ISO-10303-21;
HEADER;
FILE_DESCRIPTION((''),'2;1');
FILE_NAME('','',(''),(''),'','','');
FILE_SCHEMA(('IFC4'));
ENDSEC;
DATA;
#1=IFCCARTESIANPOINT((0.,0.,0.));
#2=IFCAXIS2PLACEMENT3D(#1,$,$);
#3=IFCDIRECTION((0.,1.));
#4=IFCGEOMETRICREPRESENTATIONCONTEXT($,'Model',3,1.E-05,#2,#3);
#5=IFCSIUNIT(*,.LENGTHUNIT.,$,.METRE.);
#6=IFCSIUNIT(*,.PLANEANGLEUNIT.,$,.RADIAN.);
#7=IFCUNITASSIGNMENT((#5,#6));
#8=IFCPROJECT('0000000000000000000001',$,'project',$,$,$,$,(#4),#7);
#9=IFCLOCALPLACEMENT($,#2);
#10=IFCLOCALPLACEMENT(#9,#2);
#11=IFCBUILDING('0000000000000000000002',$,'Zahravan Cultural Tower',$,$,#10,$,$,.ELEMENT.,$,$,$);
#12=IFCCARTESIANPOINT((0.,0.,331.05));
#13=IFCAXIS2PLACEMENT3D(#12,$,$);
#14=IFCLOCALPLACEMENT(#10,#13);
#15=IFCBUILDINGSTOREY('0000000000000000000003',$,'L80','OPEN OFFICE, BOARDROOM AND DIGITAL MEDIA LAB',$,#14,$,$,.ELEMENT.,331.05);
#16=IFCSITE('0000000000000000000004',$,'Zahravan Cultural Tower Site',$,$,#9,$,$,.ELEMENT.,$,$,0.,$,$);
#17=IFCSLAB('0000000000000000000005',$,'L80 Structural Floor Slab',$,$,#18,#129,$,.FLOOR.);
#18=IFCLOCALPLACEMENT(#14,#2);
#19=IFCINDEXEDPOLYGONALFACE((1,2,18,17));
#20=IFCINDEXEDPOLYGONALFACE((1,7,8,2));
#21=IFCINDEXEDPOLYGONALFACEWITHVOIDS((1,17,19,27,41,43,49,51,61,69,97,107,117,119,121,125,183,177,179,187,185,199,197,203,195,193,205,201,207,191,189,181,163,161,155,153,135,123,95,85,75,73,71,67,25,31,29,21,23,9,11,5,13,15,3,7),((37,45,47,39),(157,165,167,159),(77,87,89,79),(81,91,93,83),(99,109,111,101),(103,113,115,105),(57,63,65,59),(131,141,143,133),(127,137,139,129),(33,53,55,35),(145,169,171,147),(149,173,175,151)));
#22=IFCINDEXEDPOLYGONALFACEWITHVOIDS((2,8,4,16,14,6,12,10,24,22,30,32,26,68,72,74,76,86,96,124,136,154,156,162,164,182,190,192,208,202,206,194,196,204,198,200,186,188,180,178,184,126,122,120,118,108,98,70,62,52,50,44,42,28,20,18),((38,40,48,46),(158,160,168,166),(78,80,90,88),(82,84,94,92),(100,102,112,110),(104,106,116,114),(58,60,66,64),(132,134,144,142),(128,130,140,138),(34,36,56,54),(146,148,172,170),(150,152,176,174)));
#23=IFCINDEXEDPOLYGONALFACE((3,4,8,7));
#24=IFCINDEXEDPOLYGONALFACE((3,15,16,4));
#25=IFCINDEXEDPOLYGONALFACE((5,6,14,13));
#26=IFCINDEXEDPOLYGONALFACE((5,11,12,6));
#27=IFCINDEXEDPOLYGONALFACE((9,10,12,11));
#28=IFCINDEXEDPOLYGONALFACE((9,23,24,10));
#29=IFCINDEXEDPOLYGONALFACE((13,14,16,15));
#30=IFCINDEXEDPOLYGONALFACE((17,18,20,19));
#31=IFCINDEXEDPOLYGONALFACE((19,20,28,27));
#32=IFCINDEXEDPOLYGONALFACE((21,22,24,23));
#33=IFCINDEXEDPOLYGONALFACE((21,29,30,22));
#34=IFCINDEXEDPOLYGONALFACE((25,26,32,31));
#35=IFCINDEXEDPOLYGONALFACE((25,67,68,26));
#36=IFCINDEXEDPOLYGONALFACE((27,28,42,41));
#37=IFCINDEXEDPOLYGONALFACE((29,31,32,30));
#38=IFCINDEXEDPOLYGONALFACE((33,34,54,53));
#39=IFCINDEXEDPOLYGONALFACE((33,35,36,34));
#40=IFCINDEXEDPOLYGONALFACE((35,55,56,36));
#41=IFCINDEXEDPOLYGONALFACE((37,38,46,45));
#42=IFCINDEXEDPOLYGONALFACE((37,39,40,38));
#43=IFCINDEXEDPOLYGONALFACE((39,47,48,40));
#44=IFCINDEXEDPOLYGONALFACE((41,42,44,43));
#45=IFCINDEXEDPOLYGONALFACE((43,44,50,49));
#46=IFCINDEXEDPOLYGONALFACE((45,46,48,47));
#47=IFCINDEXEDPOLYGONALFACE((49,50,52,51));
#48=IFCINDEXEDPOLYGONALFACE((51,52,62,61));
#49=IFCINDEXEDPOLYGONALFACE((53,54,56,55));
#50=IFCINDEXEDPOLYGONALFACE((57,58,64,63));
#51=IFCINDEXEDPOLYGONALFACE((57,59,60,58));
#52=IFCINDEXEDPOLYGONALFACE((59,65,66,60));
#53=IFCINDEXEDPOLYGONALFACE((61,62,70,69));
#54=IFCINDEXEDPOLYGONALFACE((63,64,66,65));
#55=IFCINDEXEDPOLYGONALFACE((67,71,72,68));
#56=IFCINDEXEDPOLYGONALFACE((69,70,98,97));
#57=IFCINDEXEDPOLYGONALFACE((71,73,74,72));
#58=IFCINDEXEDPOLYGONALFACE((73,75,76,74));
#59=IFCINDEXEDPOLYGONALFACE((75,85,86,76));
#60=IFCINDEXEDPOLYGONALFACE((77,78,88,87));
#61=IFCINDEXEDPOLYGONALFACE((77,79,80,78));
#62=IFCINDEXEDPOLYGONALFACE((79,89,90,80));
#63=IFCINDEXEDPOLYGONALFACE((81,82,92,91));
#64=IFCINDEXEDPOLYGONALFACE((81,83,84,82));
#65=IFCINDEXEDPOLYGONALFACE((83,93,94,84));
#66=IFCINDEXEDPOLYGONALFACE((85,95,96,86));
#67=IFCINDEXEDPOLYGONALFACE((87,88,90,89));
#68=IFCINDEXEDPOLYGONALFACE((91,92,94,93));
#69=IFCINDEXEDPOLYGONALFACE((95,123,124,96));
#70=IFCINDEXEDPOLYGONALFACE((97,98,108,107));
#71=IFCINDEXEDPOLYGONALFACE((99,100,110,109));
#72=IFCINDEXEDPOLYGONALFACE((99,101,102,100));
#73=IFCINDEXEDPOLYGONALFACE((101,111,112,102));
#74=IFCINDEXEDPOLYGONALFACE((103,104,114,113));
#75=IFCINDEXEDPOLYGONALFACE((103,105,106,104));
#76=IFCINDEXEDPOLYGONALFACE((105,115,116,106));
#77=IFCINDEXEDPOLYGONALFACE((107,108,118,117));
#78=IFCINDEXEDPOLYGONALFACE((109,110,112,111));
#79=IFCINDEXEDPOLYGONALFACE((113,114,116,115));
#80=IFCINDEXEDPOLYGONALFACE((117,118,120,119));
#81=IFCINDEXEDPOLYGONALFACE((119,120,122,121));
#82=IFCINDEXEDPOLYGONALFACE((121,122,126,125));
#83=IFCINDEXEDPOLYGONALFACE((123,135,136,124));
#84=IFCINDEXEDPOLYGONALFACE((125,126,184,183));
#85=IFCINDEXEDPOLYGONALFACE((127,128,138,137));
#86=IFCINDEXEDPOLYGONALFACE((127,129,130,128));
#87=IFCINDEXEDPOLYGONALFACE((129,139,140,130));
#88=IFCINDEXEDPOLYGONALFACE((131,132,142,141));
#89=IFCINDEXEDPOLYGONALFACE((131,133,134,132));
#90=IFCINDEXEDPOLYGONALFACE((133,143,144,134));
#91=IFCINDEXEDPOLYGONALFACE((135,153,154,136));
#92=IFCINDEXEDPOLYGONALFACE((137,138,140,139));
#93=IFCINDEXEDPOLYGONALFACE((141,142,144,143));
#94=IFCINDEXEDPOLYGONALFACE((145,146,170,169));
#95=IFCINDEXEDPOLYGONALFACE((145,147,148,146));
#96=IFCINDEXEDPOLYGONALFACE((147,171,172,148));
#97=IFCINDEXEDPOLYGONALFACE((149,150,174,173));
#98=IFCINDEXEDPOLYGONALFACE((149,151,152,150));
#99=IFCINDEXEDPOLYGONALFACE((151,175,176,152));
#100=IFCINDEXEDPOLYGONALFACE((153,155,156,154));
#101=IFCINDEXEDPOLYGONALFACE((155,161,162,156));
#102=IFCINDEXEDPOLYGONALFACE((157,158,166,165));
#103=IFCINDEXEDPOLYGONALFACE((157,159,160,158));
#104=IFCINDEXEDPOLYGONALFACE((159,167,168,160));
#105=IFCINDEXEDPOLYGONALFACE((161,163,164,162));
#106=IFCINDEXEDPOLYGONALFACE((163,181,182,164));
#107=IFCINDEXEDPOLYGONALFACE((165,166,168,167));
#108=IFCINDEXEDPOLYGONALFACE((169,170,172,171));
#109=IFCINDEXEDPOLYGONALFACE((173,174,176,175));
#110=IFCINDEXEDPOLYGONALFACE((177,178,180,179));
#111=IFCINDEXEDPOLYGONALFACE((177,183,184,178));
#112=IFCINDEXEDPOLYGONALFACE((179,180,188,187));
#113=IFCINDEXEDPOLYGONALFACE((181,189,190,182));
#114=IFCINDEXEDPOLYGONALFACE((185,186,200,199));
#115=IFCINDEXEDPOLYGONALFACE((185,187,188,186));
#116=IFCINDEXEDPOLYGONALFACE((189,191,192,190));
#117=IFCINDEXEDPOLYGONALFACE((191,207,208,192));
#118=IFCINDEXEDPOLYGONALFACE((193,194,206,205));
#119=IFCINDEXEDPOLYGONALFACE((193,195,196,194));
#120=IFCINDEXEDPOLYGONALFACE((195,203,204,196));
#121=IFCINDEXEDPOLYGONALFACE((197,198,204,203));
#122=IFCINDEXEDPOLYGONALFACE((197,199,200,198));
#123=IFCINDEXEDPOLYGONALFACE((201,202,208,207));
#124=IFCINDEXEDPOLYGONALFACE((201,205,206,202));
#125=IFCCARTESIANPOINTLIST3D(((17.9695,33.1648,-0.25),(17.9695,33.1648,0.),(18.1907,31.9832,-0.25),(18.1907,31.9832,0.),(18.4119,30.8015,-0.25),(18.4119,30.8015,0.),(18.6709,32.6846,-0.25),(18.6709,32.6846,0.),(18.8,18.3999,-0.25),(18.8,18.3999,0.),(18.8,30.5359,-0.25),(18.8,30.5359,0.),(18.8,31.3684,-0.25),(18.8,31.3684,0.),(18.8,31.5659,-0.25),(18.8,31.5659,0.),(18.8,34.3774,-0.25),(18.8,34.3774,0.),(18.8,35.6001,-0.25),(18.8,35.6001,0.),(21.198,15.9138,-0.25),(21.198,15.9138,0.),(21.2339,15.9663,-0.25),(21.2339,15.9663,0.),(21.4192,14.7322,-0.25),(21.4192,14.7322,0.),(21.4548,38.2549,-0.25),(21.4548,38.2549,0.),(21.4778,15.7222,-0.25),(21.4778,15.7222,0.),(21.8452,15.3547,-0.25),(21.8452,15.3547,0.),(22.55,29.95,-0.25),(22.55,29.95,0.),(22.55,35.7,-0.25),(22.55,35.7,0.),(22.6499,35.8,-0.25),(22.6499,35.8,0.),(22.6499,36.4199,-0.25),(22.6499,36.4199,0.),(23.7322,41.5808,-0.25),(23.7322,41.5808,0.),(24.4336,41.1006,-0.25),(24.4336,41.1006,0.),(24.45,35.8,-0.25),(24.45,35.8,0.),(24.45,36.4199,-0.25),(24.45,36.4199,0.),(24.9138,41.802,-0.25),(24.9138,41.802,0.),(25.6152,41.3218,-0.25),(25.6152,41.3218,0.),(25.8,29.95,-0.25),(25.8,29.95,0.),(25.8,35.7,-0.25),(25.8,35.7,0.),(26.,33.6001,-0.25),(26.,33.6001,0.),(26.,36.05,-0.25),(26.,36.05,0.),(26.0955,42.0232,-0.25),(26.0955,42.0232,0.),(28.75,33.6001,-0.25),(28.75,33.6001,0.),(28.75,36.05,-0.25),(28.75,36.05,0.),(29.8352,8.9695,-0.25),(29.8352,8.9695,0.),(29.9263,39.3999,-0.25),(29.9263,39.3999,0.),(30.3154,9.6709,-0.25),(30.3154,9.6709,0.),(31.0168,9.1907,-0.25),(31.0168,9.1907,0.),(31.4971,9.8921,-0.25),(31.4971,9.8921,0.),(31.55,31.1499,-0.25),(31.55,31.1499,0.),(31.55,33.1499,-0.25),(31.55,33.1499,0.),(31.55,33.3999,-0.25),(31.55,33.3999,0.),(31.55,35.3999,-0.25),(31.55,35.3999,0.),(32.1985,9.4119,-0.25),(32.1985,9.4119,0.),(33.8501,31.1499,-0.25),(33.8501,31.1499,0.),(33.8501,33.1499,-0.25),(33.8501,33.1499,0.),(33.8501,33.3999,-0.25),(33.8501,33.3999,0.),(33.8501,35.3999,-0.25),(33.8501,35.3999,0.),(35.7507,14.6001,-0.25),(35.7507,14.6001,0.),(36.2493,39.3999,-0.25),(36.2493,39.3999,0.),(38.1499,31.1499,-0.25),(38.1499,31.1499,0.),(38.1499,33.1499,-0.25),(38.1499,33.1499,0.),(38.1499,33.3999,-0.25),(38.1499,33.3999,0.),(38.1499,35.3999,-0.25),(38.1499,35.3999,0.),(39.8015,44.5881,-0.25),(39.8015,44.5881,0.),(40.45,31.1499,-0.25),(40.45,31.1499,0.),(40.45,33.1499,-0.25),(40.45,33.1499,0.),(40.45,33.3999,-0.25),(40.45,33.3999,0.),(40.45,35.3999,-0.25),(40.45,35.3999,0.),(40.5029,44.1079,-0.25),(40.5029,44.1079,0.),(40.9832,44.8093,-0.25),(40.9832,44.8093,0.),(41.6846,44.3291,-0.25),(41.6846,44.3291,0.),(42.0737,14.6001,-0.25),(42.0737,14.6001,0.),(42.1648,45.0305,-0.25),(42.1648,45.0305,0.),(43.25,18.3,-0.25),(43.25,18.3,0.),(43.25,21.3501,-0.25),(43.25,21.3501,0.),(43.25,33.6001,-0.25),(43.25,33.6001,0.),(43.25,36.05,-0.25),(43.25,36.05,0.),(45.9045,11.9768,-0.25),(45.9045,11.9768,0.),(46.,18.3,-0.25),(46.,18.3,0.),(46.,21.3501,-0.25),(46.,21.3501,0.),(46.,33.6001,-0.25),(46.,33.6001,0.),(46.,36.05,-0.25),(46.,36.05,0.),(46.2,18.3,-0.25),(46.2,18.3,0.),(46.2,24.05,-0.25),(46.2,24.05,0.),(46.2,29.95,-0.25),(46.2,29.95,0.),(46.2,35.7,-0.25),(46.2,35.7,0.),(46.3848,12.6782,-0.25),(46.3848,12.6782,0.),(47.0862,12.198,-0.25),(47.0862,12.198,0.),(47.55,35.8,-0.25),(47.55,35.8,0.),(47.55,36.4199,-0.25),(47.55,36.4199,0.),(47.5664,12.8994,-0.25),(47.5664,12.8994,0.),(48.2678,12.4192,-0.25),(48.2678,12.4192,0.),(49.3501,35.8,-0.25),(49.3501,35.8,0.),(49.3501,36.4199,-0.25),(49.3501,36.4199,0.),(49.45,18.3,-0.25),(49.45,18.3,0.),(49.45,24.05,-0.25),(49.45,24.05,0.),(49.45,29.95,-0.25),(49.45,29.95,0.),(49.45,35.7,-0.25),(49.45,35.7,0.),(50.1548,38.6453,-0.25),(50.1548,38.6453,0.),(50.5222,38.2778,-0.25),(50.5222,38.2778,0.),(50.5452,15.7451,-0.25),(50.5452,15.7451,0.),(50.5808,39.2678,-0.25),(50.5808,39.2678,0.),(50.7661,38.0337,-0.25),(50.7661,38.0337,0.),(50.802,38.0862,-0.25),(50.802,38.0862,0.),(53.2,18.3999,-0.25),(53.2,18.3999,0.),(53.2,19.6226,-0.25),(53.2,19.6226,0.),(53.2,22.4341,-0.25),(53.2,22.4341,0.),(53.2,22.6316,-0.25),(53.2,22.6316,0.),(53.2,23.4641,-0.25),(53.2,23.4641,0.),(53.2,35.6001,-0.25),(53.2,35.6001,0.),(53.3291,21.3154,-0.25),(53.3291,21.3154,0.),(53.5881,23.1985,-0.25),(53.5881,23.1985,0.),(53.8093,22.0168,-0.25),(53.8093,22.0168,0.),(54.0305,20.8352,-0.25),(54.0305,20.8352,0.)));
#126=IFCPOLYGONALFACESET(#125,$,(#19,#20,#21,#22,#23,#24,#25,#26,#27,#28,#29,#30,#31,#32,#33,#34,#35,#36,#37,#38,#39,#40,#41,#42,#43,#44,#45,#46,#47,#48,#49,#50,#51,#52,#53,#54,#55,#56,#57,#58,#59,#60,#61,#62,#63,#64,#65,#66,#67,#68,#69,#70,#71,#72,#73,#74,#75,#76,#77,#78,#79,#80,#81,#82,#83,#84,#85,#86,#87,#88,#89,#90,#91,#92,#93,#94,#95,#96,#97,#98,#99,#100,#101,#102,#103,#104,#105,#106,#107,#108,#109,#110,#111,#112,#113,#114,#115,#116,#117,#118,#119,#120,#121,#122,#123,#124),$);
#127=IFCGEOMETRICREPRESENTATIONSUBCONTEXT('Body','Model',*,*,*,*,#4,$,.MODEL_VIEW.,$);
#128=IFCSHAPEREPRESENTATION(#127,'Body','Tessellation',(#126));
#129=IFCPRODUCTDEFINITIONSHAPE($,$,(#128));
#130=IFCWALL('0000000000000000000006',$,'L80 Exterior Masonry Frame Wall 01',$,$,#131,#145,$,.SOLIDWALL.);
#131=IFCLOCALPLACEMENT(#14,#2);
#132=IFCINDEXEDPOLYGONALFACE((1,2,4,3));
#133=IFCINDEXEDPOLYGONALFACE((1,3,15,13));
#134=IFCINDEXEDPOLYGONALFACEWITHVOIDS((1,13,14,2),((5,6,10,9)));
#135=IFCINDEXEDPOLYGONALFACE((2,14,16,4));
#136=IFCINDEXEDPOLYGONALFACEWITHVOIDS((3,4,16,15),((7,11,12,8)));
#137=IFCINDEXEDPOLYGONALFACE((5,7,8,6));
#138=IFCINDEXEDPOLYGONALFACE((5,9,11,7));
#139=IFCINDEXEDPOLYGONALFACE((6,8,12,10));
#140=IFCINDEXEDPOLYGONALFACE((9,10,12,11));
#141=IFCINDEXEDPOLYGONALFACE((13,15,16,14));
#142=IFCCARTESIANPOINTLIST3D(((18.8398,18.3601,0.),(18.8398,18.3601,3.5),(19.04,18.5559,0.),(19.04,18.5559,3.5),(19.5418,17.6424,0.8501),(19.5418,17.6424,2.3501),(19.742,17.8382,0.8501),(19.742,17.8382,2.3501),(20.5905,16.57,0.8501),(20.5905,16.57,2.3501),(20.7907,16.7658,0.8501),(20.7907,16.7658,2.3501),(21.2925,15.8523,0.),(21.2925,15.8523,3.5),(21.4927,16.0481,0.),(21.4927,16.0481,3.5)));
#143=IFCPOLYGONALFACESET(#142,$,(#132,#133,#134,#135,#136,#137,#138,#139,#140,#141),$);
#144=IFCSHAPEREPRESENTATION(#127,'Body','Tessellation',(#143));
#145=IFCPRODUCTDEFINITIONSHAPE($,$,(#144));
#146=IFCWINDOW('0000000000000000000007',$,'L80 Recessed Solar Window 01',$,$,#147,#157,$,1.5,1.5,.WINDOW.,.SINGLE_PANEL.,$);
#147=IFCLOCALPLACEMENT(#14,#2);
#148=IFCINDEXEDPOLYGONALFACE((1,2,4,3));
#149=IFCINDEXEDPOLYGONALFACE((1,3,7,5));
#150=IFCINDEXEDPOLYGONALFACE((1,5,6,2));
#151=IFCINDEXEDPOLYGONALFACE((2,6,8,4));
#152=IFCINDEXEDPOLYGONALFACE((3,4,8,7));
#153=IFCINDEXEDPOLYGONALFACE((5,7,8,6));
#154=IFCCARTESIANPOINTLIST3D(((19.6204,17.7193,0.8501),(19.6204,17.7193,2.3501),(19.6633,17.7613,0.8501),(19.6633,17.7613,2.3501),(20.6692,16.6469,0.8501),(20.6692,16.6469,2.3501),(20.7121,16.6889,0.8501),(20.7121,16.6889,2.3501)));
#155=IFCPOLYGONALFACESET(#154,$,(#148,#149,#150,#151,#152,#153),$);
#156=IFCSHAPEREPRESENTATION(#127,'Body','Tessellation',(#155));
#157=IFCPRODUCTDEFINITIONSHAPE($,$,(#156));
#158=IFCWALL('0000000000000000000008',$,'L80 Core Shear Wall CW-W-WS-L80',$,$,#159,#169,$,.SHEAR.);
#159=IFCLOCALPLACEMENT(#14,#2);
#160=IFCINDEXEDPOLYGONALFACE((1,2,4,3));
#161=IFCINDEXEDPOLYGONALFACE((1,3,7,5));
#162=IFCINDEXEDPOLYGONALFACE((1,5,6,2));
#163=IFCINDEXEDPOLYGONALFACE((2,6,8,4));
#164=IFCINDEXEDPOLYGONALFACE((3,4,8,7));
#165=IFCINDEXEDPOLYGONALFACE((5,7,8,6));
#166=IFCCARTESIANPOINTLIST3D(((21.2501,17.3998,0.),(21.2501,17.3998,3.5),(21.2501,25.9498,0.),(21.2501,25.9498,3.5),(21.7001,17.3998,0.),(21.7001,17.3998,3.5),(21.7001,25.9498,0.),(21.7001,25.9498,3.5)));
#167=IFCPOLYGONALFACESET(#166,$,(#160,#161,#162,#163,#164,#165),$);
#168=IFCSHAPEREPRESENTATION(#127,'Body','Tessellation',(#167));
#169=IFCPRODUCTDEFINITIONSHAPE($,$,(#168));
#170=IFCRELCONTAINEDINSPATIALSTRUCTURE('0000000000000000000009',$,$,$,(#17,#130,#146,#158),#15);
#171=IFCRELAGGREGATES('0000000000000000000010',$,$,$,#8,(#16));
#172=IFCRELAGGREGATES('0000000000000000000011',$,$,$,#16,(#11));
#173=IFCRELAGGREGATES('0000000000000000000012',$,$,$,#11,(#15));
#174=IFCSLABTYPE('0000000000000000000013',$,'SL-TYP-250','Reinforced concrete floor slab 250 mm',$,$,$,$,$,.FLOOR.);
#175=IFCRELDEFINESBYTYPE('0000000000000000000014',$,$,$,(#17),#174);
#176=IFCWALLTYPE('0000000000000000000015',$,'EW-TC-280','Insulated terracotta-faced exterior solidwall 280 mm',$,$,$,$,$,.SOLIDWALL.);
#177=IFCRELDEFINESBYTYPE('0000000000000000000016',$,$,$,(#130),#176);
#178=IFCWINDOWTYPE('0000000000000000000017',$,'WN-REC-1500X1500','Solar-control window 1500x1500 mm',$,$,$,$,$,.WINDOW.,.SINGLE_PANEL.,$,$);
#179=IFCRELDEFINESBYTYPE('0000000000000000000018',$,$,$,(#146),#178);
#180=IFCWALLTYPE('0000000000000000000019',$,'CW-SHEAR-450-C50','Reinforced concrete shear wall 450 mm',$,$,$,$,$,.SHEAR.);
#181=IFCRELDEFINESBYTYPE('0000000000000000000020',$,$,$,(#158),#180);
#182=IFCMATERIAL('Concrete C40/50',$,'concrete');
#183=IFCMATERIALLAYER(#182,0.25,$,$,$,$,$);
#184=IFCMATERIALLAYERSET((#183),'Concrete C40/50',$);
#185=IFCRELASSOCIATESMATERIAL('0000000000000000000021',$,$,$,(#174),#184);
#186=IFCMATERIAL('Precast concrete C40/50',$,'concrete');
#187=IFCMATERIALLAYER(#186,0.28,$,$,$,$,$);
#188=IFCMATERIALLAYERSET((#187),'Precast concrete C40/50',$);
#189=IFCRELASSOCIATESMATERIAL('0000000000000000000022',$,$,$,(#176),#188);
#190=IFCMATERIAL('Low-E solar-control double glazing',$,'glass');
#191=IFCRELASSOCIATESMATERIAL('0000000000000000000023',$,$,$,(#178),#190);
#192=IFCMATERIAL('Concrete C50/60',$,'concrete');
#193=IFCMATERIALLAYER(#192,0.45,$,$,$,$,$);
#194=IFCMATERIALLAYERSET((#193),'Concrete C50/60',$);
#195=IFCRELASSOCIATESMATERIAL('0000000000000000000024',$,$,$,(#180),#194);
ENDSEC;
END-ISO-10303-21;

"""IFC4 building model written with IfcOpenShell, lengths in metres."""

from ifc_helpers import new_model, si_unit, direction, frame, frame_2d, origin, place, context, subcontext, project, spatial, polyline, rectangle, outline, extrude, source, transform, mapped, material, layer, layer_set, type_object, element, fill, save


model = new_model("IFC4")

# Units and contexts
model_context = context("Model", 3, precision=1e-05, world=origin(), true_north=direction((0.0, 1.0)))
body_context = subcontext(model_context, "Body", "Model", "MODEL_VIEW")
ifc_project = project(units=[si_unit("LENGTHUNIT", "METRE"), si_unit("PLANEANGLEUNIT", "RADIAN")], contexts=[model_context])

# Site, building, storey
site_placement = place(None, origin())
site = spatial("IfcSite", under=ifc_project, at=site_placement, Name="Zahravan Cultural Tower Site", CompositionType="ELEMENT", RefElevation=0.0)
building_placement = place(site_placement, origin())
building = spatial("IfcBuilding", under=site, at=building_placement, Name="Zahravan Cultural Tower", CompositionType="ELEMENT")
storey_placement = place(building_placement, frame((0.0, 0.0, 331.05)))
storey = spatial("IfcBuildingStorey", under=building, at=storey_placement, Name="L80", Description="OPEN OFFICE, BOARDROOM AND DIGITAL MEDIA LAB", CompositionType="ELEMENT", Elevation=331.05)

# Shared definitions
ifc_material_1 = material(Name="Concrete C50/60", Category="concrete")

# Slab
ifc_material_2 = material(Name="Concrete C40/50", Category="concrete")
ifc_layer_1 = layer(ifc_material_2, 0.25)
ifc_layer_set_1 = layer_set([ifc_layer_1], Name="Concrete C40/50")
slab_type_1 = type_object("IfcSlabType", Name="SL-TYP-250", Description="Reinforced concrete floor slab 250 mm", PredefinedType="FLOOR", material=ifc_layer_set_1)
slab_1_placement = place(storey_placement, frame((0.0, 0.0, -0.25)))
element("IfcSlab", 1, at=slab_1_placement, inside=storey, type_object=slab_type_1, Name="L80 Structural Floor Slab", PredefinedType="FLOOR", context=body_context, shape_type="SweptSolid", body=[
    extrude(outline(polyline([(50.5222, 38.2778), (50.1548, 38.6453), (50.5808, 39.2678), (42.1648, 45.0305), (41.6846, 44.3291), (40.9832, 44.8093), (40.5029, 44.1079), (39.8015, 44.5881), (36.2493, 39.3999), (29.9263, 39.3999), (26.0955, 42.0232), (25.6152, 41.3218), (24.9138, 41.802), (24.4336, 41.1006), (23.7322, 41.5808), (21.4548, 38.2549), (18.8, 35.6001), (18.8, 34.3774), (17.9695, 33.1648), (18.6709, 32.6846), (18.1907, 31.9832), (18.8, 31.5659), (18.8, 31.3684), (18.4119, 30.8015), (18.8, 30.5359), (18.8, 18.3999), (21.2339, 15.9663), (21.198, 15.9138), (21.4778, 15.7222), (21.8452, 15.3547), (21.4192, 14.7322), (29.8352, 8.9695), (30.3154, 9.6709), (31.0168, 9.1907), (31.4971, 9.8921), (32.1985, 9.4119), (35.7507, 14.6001), (42.0737, 14.6001), (45.9045, 11.9768), (46.3848, 12.6782), (47.0862, 12.198), (47.5664, 12.8994), (48.2678, 12.4192), (50.5452, 15.7451), (53.2, 18.3999), (53.2, 19.6226), (54.0305, 20.8352), (53.3291, 21.3154), (53.8093, 22.0168), (53.2, 22.4341), (53.2, 22.6316), (53.5881, 23.1985), (53.2, 23.4641), (53.2, 35.6001), (50.7661, 38.0337), (50.802, 38.0862), (50.5222, 38.2778)]), holes=[polyline([(22.55, 29.95), (22.55, 35.7), (25.8, 35.7), (25.8, 29.95), (22.55, 29.95)]), polyline([(46.2, 29.95), (46.2, 35.7), (49.45, 35.7), (49.45, 29.95), (46.2, 29.95)]), polyline([(46.2, 18.3), (46.2, 24.05), (49.45, 24.05), (49.45, 18.3), (46.2, 18.3)]), polyline([(26.0, 33.6001), (26.0, 36.05), (28.75, 36.05), (28.75, 33.6001), (26.0, 33.6001)]), polyline([(43.25, 33.6001), (43.25, 36.05), (46.0, 36.05), (46.0, 33.6001), (43.25, 33.6001)]), polyline([(43.25, 18.3), (43.25, 21.3501), (46.0, 21.3501), (46.0, 18.3), (43.25, 18.3)]), polyline([(31.55, 33.3999), (31.55, 35.3999), (33.8501, 35.3999), (33.8501, 33.3999), (31.55, 33.3999)]), polyline([(31.55, 31.1499), (31.55, 33.1499), (33.8501, 33.1499), (33.8501, 31.1499), (31.55, 31.1499)]), polyline([(38.1499, 33.3999), (38.1499, 35.3999), (40.45, 35.3999), (40.45, 33.3999), (38.1499, 33.3999)]), polyline([(38.1499, 31.1499), (38.1499, 33.1499), (40.45, 33.1499), (40.45, 31.1499), (38.1499, 31.1499)]), polyline([(22.6499, 35.8), (22.6499, 36.4199), (24.45, 36.4199), (24.45, 35.8), (22.6499, 35.8)]), polyline([(47.55, 35.8), (47.55, 36.4199), (49.3501, 36.4199), (49.3501, 35.8), (47.55, 35.8)])]), origin(), (0.0, 0.0, 1.0), 0.25),
])

# Wall, opening, window
ifc_material_3 = material(Name="Precast concrete C40/50", Category="concrete")
ifc_layer_2 = layer(ifc_material_3, 0.28)
ifc_layer_set_2 = layer_set([ifc_layer_2], Name="Precast concrete C40/50")
wall_type_1 = type_object("IfcWallType", Name="EW-TC-280", Description="Insulated terracotta-faced exterior solidwall 280 mm", PredefinedType="SOLIDWALL", material=ifc_layer_set_2)
wall_1_placement = place(storey_placement, frame((21.3926, 15.9502, 0.0), z_axis=(0.0, 0.0, 1.0), x_axis=(-0.699198, 0.714928, 0.0)))
wall_1 = element("IfcWall", 2, at=wall_1_placement, inside=storey, type_object=wall_type_1, Name="L80 Exterior Masonry Frame Wall 01", PredefinedType="SOLIDWALL", context=body_context, shape_type="SweptSolid", body=[
    extrude(rectangle(XDim=3.5078, YDim=0.28, at=frame_2d((1.7539, 0.0))), origin(), (0.0, 0.0, 1.0), 3.5),
])
opening_placement = place(wall_1_placement, frame((1.0039, 0.0, 0.8501)))
opening = element("IfcOpeningElement", 3, at=opening_placement, cuts=wall_1, PredefinedType="OPENING", context=body_context, shape_type="SweptSolid", body=[
    extrude(rectangle(XDim=1.5, YDim=1.5, at=frame_2d((0.75, 0.75))), frame((0.0, 0.1499, 0.0), z_axis=(0.0, -1.0, 0.0), x_axis=(1.0, 0.0, 0.0)), (0.0, 0.0, 1.0), 0.3),
])
ifc_material_4 = material(Name="Low-E solar-control double glazing", Category="glass")
window_type = type_object("IfcWindowType", Name="WN-REC-1500X1500", Description="Solar-control window 1500x1500 mm", PartitioningType="SINGLE_PANEL", PredefinedType="WINDOW", material=ifc_material_4)
shared_shape_1 = source(origin(), body_context, "Body", "SweptSolid", [
    extrude(rectangle(XDim=1.5, YDim=1.5, at=frame_2d((0.75, 0.75))), frame((0.0, 0.03, 0.0), z_axis=(0.0, -1.0, 0.0), x_axis=(1.0, 0.0, 0.0)), (0.0, 0.0, 1.0), 0.0601),
])
window_placement = place(opening_placement, origin())
window = element("IfcWindow", 4, at=window_placement, inside=storey, type_object=window_type, Name="L80 Recessed Solar Window 01", OverallHeight=1.5, OverallWidth=1.5, PartitioningType="SINGLE_PANEL", PredefinedType="WINDOW", context=body_context, shape_type="MappedRepresentation", body=[
    mapped(shared_shape_1, transform((0.0, 0.0, 0.0), x_axis=(1.0, 0.0, 0.0), y_axis=(0.0, 1.0, 0.0), z_axis=(0.0, 0.0, 1.0), scale=1.0)),
])
fill(opening, window)

# Wall
ifc_layer_3 = layer(ifc_material_1, 0.45)
ifc_layer_set_3 = layer_set([ifc_layer_3], Name="Concrete C50/60")
wall_type_2 = type_object("IfcWallType", Name="CW-SHEAR-450-C50", Description="Reinforced concrete shear wall 450 mm", PredefinedType="SHEAR", material=ifc_layer_set_3)
shared_shape_2 = source(origin(), body_context, "Body", "SweptSolid", [
    extrude(rectangle(XDim=8.55, YDim=0.45, at=frame_2d((4.2749, 0.0))), origin(), (0.0, 0.0, 1.0), 3.5),
])
wall_2_placement = place(storey_placement, frame((21.4751, 17.3999, 0.0), z_axis=(0.0, 0.0, 1.0), x_axis=(0.0, 1.0, 0.0)))
element("IfcWall", 5, at=wall_2_placement, inside=storey, type_object=wall_type_2, Name="L80 Core Shear Wall CW-W-WS-L80", PredefinedType="SHEAR", context=body_context, shape_type="MappedRepresentation", body=[
    mapped(shared_shape_2, transform((0.0, 0.0, 0.0), x_axis=(1.0, 0.0, 0.0), y_axis=(0.0, 1.0, 0.0), z_axis=(0.0, 0.0, 1.0), scale=1.0)),
])

save(model, "model.ifc")
